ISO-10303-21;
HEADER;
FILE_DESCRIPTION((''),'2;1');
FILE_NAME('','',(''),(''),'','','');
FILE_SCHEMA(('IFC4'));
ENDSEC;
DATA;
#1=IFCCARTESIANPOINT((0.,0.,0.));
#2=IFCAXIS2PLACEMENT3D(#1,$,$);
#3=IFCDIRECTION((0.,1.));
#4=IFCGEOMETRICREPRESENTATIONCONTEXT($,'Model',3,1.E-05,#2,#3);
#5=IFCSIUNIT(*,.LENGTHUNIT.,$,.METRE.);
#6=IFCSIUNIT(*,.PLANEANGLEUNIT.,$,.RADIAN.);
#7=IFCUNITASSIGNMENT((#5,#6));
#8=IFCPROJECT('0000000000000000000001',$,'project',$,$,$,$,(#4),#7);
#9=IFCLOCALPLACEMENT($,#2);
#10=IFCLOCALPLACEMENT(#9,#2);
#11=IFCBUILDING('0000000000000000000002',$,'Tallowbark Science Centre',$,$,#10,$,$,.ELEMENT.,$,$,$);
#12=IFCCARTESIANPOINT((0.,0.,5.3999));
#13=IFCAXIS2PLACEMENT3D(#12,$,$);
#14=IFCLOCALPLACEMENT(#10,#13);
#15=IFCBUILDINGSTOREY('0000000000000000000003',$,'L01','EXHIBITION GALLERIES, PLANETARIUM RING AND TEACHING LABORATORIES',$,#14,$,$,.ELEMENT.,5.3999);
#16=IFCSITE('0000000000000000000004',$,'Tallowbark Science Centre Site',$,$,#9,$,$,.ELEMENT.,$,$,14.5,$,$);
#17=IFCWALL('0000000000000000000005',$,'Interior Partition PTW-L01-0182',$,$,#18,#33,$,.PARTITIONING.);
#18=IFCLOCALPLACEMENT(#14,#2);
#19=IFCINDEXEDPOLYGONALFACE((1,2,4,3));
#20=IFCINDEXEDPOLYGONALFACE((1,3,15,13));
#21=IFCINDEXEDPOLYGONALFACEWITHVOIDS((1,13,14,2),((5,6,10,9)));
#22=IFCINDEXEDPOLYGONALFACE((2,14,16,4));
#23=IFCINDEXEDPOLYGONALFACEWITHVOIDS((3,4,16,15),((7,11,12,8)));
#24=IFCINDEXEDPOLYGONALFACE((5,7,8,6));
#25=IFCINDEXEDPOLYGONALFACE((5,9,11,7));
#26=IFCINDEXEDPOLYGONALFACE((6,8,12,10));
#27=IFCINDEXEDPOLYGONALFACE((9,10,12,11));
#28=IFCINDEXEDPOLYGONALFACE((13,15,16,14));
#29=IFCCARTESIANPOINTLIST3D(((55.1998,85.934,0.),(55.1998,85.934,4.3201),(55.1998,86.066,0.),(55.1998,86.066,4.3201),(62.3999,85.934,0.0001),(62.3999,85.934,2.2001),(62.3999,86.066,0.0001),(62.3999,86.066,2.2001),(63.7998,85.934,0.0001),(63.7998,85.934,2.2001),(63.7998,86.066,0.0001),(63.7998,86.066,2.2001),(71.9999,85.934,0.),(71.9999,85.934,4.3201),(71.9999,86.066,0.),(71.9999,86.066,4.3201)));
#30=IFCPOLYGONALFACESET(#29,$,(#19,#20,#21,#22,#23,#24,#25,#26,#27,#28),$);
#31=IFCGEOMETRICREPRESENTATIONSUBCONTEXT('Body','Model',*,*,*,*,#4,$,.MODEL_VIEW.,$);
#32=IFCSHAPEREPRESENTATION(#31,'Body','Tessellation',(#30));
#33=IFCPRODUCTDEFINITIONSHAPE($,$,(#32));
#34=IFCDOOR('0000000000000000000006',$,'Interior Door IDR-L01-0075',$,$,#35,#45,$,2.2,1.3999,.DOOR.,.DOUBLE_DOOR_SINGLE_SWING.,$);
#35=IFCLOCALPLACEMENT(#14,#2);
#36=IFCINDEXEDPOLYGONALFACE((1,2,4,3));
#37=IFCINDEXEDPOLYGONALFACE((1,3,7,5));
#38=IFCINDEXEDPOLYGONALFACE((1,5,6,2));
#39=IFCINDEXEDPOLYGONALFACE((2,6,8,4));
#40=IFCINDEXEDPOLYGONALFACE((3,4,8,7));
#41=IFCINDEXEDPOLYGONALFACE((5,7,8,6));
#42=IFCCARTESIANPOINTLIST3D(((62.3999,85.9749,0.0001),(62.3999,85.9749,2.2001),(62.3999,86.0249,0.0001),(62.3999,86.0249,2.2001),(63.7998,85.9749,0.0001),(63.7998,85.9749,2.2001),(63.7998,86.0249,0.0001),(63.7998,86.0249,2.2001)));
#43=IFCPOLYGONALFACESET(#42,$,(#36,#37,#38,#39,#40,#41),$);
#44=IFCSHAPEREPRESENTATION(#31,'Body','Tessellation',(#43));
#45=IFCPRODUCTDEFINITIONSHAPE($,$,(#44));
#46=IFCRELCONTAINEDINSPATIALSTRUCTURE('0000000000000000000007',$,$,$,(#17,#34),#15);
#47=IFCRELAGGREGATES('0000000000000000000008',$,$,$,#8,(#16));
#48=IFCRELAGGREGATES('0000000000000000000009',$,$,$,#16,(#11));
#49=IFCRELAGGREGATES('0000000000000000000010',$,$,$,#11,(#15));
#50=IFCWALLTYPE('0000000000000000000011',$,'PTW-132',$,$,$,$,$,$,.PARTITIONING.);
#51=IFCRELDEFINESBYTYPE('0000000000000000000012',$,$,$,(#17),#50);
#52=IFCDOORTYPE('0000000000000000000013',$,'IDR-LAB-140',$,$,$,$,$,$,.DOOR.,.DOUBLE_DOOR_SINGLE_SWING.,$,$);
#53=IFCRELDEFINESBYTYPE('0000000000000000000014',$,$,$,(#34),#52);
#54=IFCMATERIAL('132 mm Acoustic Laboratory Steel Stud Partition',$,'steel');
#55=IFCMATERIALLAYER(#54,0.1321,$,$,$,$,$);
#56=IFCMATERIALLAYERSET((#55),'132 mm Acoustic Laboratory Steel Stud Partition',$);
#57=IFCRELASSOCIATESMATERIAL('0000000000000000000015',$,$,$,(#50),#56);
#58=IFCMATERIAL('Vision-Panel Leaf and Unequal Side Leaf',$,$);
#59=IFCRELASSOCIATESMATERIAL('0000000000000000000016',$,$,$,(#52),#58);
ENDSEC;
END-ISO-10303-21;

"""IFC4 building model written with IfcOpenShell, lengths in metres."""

from ifc_helpers import new_model, si_unit, direction, frame, frame_2d, origin, place, context, subcontext, project, spatial, rectangle, extrude, material, layer, layer_set, type_object, element, fill, save


model = new_model("IFC4")

# Units and contexts
model_context = context("Model", 3, precision=1e-05, world=origin(), true_north=direction((0.0, 1.0)))
body_context = subcontext(model_context, "Body", "Model", "MODEL_VIEW")
ifc_project = project(units=[si_unit("LENGTHUNIT", "METRE"), si_unit("PLANEANGLEUNIT", "RADIAN")], contexts=[model_context])

# Site, building, storey
site_placement = place(None, origin())
site = spatial("IfcSite", under=ifc_project, at=site_placement, Name="Tallowbark Science Centre Site", CompositionType="ELEMENT", RefElevation=14.5)
building_placement = place(site_placement, origin())
building = spatial("IfcBuilding", under=site, at=building_placement, Name="Tallowbark Science Centre", CompositionType="ELEMENT")
storey_placement = place(building_placement, frame((0.0, 0.0, 5.3999)))
storey = spatial("IfcBuildingStorey", under=building, at=storey_placement, Name="L01", Description="EXHIBITION GALLERIES, PLANETARIUM RING AND TEACHING LABORATORIES", CompositionType="ELEMENT", Elevation=5.3999)

# Wall, opening, door
ifc_material_1 = material(Name="132 mm Acoustic Laboratory Steel Stud Partition", Category="steel")
ifc_layer_1 = layer(ifc_material_1, 0.1321)
ifc_layer_set_1 = layer_set([ifc_layer_1], Name="132 mm Acoustic Laboratory Steel Stud Partition")
wall_type = type_object("IfcWallType", Name="PTW-132", PredefinedType="PARTITIONING", material=ifc_layer_set_1)
wall_placement = place(storey_placement, frame((55.2, 86.0, 0.0), z_axis=(0.0, 0.0, 1.0), x_axis=(1.0, 0.0, 0.0)))
wall = element("IfcWall", 1, at=wall_placement, inside=storey, type_object=wall_type, Name="Interior Partition PTW-L01-0182", PredefinedType="PARTITIONING", context=body_context, shape_type="SweptSolid", body=[
    extrude(rectangle(XDim=16.8, YDim=0.1321, at=frame_2d((8.3999, 0.0))), origin(), (0.0, 0.0, 1.0), 4.3201),
])
opening_placement = place(wall_placement, frame((7.2, 0.0, 0.0)))
opening = element("IfcOpeningElement", 2, at=opening_placement, cuts=wall, PredefinedType="OPENING", context=body_context, shape_type="SweptSolid", body=[
    extrude(rectangle(XDim=1.3999, YDim=2.2, at=frame_2d((0.7, 1.1001))), frame((0.0, 0.0762, 0.0), z_axis=(0.0, -1.0, 0.0), x_axis=(1.0, 0.0, 0.0)), (0.0, 0.0, 1.0), 0.1521),
])
ifc_material_2 = material(Name="Vision-Panel Leaf and Unequal Side Leaf")
door_type = type_object("IfcDoorType", Name="IDR-LAB-140", OperationType="DOUBLE_DOOR_SINGLE_SWING", PredefinedType="DOOR", material=ifc_material_2)
door_placement = place(opening_placement, origin())
door = element("IfcDoor", 3, at=door_placement, inside=storey, type_object=door_type, Name="Interior Door IDR-L01-0075", OperationType="DOUBLE_DOOR_SINGLE_SWING", OverallHeight=2.2, OverallWidth=1.3999, PredefinedType="DOOR", context=body_context, shape_type="SweptSolid", body=[
    extrude(rectangle(XDim=1.3999, YDim=2.2, at=frame_2d((0.7, 1.1001))), frame((0.0, 0.0249, 0.0), z_axis=(0.0, -1.0, 0.0), x_axis=(1.0, 0.0, 0.0)), (0.0, 0.0, 1.0), 0.05),
])
fill(opening, door)

save(model, "model.ifc")
